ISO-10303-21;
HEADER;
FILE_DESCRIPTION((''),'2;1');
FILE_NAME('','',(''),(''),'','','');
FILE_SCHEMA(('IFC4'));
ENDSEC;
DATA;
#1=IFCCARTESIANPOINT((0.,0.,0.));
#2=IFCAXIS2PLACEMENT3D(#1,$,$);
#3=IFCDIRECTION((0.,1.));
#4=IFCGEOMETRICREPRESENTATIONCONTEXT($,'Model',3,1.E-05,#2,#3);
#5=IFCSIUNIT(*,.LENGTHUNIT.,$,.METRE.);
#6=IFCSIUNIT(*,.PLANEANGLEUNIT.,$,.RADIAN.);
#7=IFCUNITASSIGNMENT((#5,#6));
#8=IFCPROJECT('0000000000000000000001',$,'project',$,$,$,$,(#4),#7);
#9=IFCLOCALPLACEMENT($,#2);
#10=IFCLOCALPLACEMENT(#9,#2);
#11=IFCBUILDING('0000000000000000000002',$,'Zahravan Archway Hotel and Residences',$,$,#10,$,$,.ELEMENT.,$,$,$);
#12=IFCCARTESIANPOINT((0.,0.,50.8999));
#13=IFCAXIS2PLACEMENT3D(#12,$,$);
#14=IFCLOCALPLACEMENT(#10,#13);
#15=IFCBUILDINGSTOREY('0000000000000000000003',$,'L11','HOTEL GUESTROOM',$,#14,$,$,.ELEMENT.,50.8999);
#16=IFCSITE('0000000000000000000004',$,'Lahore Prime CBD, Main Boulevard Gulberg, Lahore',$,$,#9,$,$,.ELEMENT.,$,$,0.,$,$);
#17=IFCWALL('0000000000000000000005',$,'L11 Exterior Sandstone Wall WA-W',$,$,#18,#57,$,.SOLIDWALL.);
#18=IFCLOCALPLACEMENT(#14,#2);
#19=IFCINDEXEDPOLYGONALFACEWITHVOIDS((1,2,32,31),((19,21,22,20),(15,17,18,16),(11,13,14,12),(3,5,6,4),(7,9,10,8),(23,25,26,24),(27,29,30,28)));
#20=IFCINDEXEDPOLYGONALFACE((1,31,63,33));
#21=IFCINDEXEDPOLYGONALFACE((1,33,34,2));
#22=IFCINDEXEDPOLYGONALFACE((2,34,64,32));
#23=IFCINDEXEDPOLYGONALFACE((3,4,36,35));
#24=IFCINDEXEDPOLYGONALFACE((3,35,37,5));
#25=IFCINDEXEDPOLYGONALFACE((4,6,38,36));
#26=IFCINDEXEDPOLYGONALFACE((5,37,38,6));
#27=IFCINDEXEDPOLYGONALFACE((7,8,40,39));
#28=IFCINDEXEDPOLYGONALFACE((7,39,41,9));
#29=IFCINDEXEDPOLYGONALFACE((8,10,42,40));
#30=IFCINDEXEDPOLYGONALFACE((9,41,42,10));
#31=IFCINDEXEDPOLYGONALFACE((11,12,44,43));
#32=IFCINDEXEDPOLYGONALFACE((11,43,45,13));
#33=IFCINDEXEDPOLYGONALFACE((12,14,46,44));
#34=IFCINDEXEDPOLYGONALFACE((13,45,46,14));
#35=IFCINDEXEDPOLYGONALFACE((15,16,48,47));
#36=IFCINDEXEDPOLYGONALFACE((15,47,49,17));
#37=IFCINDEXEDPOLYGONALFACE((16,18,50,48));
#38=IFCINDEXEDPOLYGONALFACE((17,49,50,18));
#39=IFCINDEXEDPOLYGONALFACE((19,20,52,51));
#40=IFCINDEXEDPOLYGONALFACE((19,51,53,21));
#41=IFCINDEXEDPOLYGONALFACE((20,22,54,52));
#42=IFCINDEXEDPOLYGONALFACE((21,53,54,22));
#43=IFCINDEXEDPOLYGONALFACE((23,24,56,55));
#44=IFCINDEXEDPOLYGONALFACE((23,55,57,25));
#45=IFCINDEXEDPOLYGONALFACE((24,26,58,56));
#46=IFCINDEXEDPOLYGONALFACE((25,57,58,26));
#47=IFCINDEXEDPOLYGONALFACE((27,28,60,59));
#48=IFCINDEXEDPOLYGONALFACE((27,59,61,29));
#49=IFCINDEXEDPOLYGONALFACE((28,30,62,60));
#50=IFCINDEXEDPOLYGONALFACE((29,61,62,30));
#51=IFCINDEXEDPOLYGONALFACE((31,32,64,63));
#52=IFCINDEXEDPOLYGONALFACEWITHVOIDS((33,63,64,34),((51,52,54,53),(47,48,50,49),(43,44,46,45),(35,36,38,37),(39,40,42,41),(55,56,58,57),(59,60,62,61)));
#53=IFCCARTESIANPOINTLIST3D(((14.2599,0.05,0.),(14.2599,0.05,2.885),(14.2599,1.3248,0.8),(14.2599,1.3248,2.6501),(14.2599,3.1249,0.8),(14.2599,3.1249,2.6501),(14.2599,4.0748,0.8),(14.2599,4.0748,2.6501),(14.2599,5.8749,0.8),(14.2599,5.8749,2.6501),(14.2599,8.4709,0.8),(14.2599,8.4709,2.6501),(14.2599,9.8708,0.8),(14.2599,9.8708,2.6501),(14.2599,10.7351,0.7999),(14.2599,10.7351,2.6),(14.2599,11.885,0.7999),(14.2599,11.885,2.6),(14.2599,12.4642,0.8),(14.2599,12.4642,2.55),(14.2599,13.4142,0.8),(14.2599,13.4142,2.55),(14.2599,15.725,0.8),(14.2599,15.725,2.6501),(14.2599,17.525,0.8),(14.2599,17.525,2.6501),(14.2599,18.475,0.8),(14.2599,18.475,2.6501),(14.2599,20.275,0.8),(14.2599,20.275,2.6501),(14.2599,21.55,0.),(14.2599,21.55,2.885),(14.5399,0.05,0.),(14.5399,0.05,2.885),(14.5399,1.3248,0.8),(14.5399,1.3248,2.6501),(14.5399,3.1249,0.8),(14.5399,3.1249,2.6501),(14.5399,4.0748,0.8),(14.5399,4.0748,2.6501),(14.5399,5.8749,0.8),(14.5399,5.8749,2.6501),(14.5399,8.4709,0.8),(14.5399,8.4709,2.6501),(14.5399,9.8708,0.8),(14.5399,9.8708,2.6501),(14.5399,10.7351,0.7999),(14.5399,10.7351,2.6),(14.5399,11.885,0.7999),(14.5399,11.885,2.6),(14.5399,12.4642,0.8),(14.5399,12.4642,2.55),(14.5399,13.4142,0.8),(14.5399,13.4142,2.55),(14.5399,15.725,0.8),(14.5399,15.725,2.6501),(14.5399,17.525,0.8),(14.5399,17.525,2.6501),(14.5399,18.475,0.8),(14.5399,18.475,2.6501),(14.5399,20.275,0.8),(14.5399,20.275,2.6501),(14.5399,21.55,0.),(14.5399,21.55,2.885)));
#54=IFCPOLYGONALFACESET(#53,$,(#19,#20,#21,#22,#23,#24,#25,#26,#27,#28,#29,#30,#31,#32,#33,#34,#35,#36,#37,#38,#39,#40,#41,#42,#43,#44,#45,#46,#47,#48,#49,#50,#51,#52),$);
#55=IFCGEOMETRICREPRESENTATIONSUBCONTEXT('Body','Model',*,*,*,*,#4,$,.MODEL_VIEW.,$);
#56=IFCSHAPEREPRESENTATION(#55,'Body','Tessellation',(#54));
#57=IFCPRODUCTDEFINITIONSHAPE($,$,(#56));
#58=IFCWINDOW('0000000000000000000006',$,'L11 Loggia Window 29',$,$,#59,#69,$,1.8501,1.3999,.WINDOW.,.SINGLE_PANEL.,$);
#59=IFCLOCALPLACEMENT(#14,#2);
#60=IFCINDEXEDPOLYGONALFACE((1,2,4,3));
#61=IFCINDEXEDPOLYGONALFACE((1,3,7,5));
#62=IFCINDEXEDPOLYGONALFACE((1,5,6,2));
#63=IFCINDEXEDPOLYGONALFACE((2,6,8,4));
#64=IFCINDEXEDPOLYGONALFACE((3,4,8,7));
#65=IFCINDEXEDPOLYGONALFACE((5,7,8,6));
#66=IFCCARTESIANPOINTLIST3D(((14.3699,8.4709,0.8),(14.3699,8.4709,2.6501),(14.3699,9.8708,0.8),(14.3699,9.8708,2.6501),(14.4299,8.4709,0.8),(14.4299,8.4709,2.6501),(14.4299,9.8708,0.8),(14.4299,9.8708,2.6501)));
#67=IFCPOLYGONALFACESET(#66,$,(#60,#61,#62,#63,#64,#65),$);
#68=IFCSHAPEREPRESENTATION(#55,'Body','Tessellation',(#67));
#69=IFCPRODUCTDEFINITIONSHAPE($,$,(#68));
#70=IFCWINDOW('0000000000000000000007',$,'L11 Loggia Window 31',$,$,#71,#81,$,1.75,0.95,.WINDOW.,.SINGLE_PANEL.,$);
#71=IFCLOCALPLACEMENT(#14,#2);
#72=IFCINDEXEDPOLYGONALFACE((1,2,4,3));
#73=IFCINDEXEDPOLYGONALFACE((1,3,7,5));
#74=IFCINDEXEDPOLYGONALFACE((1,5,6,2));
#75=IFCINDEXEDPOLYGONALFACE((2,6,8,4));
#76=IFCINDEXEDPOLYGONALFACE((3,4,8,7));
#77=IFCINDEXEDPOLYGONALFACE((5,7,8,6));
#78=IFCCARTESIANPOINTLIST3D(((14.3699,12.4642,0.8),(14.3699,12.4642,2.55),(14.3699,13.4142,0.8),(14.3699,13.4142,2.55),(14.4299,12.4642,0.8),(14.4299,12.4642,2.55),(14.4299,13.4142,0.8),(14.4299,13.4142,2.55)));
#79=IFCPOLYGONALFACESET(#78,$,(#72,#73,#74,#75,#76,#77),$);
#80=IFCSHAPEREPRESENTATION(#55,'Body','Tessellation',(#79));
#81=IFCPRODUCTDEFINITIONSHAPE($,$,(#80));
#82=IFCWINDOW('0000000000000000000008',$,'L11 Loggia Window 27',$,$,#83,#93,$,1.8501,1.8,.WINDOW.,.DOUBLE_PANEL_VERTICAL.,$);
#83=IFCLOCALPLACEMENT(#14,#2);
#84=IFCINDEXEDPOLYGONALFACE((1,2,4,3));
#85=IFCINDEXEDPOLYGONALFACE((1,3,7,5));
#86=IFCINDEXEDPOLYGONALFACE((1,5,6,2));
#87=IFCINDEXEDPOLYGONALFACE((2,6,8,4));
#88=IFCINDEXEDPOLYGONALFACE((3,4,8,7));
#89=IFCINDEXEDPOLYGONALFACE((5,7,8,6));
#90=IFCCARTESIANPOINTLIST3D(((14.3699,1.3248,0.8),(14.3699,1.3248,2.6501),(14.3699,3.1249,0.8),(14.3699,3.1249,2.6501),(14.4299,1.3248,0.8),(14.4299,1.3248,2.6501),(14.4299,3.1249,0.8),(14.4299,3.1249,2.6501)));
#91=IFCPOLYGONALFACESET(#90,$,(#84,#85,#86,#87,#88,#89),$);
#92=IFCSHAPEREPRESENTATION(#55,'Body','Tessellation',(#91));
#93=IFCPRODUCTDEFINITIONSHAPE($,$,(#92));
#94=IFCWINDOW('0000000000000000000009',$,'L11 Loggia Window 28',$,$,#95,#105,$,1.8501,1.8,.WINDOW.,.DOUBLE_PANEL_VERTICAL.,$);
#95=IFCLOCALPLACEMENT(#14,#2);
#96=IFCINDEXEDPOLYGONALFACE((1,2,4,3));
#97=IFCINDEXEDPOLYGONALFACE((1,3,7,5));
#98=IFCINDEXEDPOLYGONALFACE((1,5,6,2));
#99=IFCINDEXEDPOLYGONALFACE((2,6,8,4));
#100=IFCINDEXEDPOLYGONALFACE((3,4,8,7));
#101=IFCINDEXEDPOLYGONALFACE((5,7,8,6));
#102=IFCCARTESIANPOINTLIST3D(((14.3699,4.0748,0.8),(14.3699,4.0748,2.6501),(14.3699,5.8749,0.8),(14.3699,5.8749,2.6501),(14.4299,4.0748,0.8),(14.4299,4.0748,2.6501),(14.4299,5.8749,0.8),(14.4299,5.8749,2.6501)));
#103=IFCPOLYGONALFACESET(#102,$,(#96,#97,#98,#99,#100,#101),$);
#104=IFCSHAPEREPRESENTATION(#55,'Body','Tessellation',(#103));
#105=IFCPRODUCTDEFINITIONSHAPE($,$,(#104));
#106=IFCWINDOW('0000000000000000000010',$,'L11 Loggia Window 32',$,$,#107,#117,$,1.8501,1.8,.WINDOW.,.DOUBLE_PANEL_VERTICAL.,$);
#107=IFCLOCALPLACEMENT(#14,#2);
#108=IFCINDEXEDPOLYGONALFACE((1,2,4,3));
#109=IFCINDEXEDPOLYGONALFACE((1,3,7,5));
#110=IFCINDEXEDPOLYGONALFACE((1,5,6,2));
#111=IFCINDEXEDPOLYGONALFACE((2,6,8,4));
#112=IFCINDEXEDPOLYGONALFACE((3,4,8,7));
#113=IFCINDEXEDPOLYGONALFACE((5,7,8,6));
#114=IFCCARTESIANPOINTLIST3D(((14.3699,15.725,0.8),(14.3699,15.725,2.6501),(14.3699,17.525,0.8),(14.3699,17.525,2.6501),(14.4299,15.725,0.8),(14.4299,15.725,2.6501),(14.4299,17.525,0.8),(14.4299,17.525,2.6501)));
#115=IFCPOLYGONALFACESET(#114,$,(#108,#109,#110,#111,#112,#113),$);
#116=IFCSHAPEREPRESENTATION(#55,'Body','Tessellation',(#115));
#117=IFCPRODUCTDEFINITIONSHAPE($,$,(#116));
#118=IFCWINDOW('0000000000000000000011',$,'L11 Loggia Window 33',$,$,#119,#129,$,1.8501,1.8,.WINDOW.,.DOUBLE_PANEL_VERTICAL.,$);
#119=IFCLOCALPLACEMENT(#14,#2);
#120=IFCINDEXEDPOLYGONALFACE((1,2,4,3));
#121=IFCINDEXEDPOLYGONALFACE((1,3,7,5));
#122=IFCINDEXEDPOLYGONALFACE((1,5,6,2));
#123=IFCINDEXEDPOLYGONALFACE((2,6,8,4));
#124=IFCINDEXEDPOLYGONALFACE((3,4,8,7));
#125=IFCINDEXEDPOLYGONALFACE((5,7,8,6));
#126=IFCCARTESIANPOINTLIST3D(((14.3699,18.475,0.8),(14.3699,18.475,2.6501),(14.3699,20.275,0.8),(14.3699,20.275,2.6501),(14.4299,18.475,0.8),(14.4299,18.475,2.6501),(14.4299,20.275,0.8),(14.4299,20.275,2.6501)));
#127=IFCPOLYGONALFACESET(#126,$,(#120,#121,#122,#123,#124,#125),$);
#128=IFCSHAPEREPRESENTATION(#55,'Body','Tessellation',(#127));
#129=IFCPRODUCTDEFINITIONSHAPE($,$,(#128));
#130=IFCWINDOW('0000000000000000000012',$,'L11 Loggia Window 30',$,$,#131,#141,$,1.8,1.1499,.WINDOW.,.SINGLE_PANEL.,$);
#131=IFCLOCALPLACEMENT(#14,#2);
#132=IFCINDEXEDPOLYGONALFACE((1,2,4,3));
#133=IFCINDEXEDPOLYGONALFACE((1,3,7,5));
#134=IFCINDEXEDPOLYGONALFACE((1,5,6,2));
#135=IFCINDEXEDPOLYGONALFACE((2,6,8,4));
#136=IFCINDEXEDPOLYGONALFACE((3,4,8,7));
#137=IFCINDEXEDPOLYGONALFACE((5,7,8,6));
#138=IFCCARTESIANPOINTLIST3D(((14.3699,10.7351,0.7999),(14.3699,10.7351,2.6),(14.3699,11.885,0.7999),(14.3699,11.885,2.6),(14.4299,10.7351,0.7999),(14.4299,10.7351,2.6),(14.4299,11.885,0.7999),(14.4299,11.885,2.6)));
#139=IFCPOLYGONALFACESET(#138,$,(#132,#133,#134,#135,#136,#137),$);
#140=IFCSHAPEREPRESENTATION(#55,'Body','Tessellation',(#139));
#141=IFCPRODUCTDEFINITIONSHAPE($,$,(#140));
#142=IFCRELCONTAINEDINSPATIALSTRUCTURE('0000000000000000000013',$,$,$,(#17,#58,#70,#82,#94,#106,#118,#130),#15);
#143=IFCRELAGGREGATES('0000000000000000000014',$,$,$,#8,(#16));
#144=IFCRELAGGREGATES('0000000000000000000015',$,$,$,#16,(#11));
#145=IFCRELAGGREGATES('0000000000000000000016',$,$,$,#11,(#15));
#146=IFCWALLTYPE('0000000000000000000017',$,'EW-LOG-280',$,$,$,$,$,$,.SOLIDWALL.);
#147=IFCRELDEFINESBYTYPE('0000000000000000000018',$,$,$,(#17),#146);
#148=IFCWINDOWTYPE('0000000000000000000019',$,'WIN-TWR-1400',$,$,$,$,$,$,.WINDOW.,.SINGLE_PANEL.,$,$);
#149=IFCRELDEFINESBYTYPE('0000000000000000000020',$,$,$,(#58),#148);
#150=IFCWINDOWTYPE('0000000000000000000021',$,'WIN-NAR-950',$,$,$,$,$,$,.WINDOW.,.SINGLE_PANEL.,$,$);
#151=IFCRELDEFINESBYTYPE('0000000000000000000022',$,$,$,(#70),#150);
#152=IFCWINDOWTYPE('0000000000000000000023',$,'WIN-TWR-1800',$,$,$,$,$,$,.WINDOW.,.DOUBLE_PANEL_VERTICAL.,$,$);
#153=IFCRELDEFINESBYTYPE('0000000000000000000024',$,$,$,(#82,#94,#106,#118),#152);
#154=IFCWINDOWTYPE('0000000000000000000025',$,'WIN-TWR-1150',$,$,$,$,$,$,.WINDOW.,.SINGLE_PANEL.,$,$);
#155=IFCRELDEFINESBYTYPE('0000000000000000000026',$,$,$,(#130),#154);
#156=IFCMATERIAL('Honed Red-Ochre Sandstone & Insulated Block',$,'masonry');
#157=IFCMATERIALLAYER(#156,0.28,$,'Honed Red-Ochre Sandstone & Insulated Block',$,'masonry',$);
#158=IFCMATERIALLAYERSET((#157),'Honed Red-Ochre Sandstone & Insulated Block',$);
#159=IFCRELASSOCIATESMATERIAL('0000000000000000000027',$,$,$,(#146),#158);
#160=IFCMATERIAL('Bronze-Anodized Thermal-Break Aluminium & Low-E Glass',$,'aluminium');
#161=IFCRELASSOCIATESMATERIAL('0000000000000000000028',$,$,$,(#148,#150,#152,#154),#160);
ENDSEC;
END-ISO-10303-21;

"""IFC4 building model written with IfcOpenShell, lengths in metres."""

from ifc_helpers import new_model, si_unit, direction, frame, frame_2d, origin, place, context, subcontext, project, spatial, rectangle, extrude, source, transform, mapped, material, layer, layer_set, type_object, type_shapes, element, fill, save


model = new_model("IFC4")

# Units and contexts
model_context = context("Model", 3, precision=1e-05, world=origin(), true_north=direction((0.0, 1.0)))
body_context = subcontext(model_context, "Body", "Model", "MODEL_VIEW")
ifc_project = project(units=[si_unit("LENGTHUNIT", "METRE"), si_unit("PLANEANGLEUNIT", "RADIAN")], contexts=[model_context])

# Site, building, storey
site_placement = place(None, origin())
site = spatial("IfcSite", under=ifc_project, at=site_placement, Name="Lahore Prime CBD, Main Boulevard Gulberg, Lahore", CompositionType="ELEMENT", RefElevation=0.0)
building_placement = place(site_placement, origin())
building = spatial("IfcBuilding", under=site, at=building_placement, Name="Zahravan Archway Hotel and Residences", CompositionType="ELEMENT")
storey_placement = place(building_placement, frame((0.0, 0.0, 50.8999)))
storey = spatial("IfcBuildingStorey", under=building, at=storey_placement, Name="L11", Description="HOTEL GUESTROOM", CompositionType="ELEMENT", Elevation=50.8999)

# Shared definitions
ifc_material_1 = material(Name="Honed Red-Ochre Sandstone & Insulated Block", Category="masonry")
ifc_layer = layer(ifc_material_1, 0.28, Name="Honed Red-Ochre Sandstone & Insulated Block", Category="masonry")
ifc_layer_set = layer_set([ifc_layer], Name="Honed Red-Ochre Sandstone & Insulated Block")
wall_type = type_object("IfcWallType", Name="EW-LOG-280", PredefinedType="SOLIDWALL", material=ifc_layer_set)
ifc_material_2 = material(Name="Bronze-Anodized Thermal-Break Aluminium & Low-E Glass", Category="aluminium")
window_type_1 = type_object("IfcWindowType", Name="WIN-TWR-1400", PartitioningType="SINGLE_PANEL", PredefinedType="WINDOW", material=ifc_material_2)
shared_shape_1 = source(origin(), body_context, "Body", "SweptSolid", [
    extrude(rectangle(XDim=1.3999, YDim=1.8501, at=frame_2d((0.7, 0.925))), frame((0.0, 0.03, 0.0), z_axis=(0.0, -1.0, 0.0), x_axis=(1.0, 0.0, 0.0)), (0.0, 0.0, 1.0), 0.0601),
])
type_shapes(window_type_1, [shared_shape_1])
window_type_2 = type_object("IfcWindowType", Name="WIN-NAR-950", PartitioningType="SINGLE_PANEL", PredefinedType="WINDOW", material=ifc_material_2)
shared_shape_2 = source(origin(), body_context, "Body", "SweptSolid", [
    extrude(rectangle(XDim=0.95, YDim=1.75, at=frame_2d((0.4751, 0.875))), frame((0.0, 0.03, 0.0), z_axis=(0.0, -1.0, 0.0), x_axis=(1.0, 0.0, 0.0)), (0.0, 0.0, 1.0), 0.0601),
])
type_shapes(window_type_2, [shared_shape_2])
window_type_3 = type_object("IfcWindowType", Name="WIN-TWR-1800", PartitioningType="DOUBLE_PANEL_VERTICAL", PredefinedType="WINDOW", material=ifc_material_2)
shared_shape_3 = source(origin(), body_context, "Body", "SweptSolid", [
    extrude(rectangle(XDim=1.8, YDim=1.8501, at=frame_2d((0.8999, 0.925))), frame((0.0, 0.03, 0.0), z_axis=(0.0, -1.0, 0.0), x_axis=(1.0, 0.0, 0.0)), (0.0, 0.0, 1.0), 0.0601),
])
type_shapes(window_type_3, [shared_shape_3])

# Wall, openings, windows
wall_1_placement = place(storey_placement, frame((14.3999, 0.05, 0.0), z_axis=(0.0, 0.0, 1.0), x_axis=(0.0, 1.0, 0.0)))
wall_1 = element("IfcWall", 1, at=wall_1_placement, inside=storey, type_object=wall_type, Name="L11 Exterior Sandstone Wall WA-W", PredefinedType="SOLIDWALL", context=body_context, shape_type="SweptSolid", body=[
    extrude(rectangle(XDim=21.5, YDim=0.28, at=frame_2d((10.75, 0.0))), origin(), (0.0, 0.0, 1.0), 2.885),
])
opening_1_placement = place(wall_1_placement, frame((1.2749, 0.0, 0.8)))
opening_1 = element("IfcOpeningElement", 2, at=opening_1_placement, cuts=wall_1, PredefinedType="OPENING", context=body_context, shape_type="SweptSolid", body=[
    extrude(rectangle(XDim=1.8, YDim=1.8501, at=frame_2d((0.8999, 0.925))), frame((0.0, 0.1499, 0.0), z_axis=(0.0, -1.0, 0.0), x_axis=(1.0, 0.0, 0.0)), (0.0, 0.0, 1.0), 0.3),
])
opening_2_placement = place(wall_1_placement, frame((4.0249, 0.0, 0.8)))
opening_2 = element("IfcOpeningElement", 3, at=opening_2_placement, cuts=wall_1, PredefinedType="OPENING", context=body_context, shape_type="SweptSolid", body=[
    extrude(rectangle(XDim=1.8, YDim=1.8501, at=frame_2d((0.8999, 0.925))), frame((0.0, 0.1499, 0.0), z_axis=(0.0, -1.0, 0.0), x_axis=(1.0, 0.0, 0.0)), (0.0, 0.0, 1.0), 0.3),
])
opening_3_placement = place(wall_1_placement, frame((8.4209, 0.0, 0.8)))
opening_3 = element("IfcOpeningElement", 4, at=opening_3_placement, cuts=wall_1, PredefinedType="OPENING", context=body_context, shape_type="SweptSolid", body=[
    extrude(rectangle(XDim=1.3999, YDim=1.8501, at=frame_2d((0.7, 0.925))), frame((0.0, 0.1499, 0.0), z_axis=(0.0, -1.0, 0.0), x_axis=(1.0, 0.0, 0.0)), (0.0, 0.0, 1.0), 0.3),
])
opening_4_placement = place(wall_1_placement, frame((10.6851, 0.0, 0.8)))
opening_4 = element("IfcOpeningElement", 5, at=opening_4_placement, cuts=wall_1, PredefinedType="OPENING", context=body_context, shape_type="SweptSolid", body=[
    extrude(rectangle(XDim=1.1499, YDim=1.8, at=frame_2d((0.575, 0.8999))), frame((0.0, 0.1499, 0.0), z_axis=(0.0, -1.0, 0.0), x_axis=(1.0, 0.0, 0.0)), (0.0, 0.0, 1.0), 0.3),
])
opening_5_placement = place(wall_1_placement, frame((12.4141, 0.0, 0.8)))
opening_5 = element("IfcOpeningElement", 6, at=opening_5_placement, cuts=wall_1, PredefinedType="OPENING", context=body_context, shape_type="SweptSolid", body=[
    extrude(rectangle(XDim=0.95, YDim=1.75, at=frame_2d((0.4751, 0.875))), frame((0.0, 0.1499, 0.0), z_axis=(0.0, -1.0, 0.0), x_axis=(1.0, 0.0, 0.0)), (0.0, 0.0, 1.0), 0.3),
])
opening_6_placement = place(wall_1_placement, frame((15.675, 0.0, 0.8)))
opening_6 = element("IfcOpeningElement", 7, at=opening_6_placement, cuts=wall_1, PredefinedType="OPENING", context=body_context, shape_type="SweptSolid", body=[
    extrude(rectangle(XDim=1.8, YDim=1.8501, at=frame_2d((0.8999, 0.925))), frame((0.0, 0.1499, 0.0), z_axis=(0.0, -1.0, 0.0), x_axis=(1.0, 0.0, 0.0)), (0.0, 0.0, 1.0), 0.3),
])
opening_7_placement = place(wall_1_placement, frame((18.425, 0.0, 0.8)))
opening_7 = element("IfcOpeningElement", 8, at=opening_7_placement, cuts=wall_1, PredefinedType="OPENING", context=body_context, shape_type="SweptSolid", body=[
    extrude(rectangle(XDim=1.8, YDim=1.8501, at=frame_2d((0.8999, 0.925))), frame((0.0, 0.1499, 0.0), z_axis=(0.0, -1.0, 0.0), x_axis=(1.0, 0.0, 0.0)), (0.0, 0.0, 1.0), 0.3),
])
window_1_placement = place(opening_3_placement, origin())
window_1 = element("IfcWindow", 9, at=window_1_placement, inside=storey, type_object=window_type_1, Name="L11 Loggia Window 29", OverallHeight=1.8501, OverallWidth=1.3999, PartitioningType="SINGLE_PANEL", PredefinedType="WINDOW", context=body_context, shape_type="MappedRepresentation", body=[
    mapped(shared_shape_1, transform((0.0, 0.0, 0.0), scale=1.0)),
])
fill(opening_3, window_1)
window_2_placement = place(opening_5_placement, origin())
window_2 = element("IfcWindow", 10, at=window_2_placement, inside=storey, type_object=window_type_2, Name="L11 Loggia Window 31", OverallHeight=1.75, OverallWidth=0.95, PartitioningType="SINGLE_PANEL", PredefinedType="WINDOW", context=body_context, shape_type="MappedRepresentation", body=[
    mapped(shared_shape_2, transform((0.0, 0.0, 0.0), scale=1.0)),
])
fill(opening_5, window_2)
window_3_placement = place(opening_1_placement, origin())
window_3 = element("IfcWindow", 11, at=window_3_placement, inside=storey, type_object=window_type_3, Name="L11 Loggia Window 27", OverallHeight=1.8501, OverallWidth=1.8, PartitioningType="DOUBLE_PANEL_VERTICAL", PredefinedType="WINDOW", context=body_context, shape_type="MappedRepresentation", body=[
    mapped(shared_shape_3, transform((0.0, 0.0, 0.0), scale=1.0)),
])
fill(opening_1, window_3)
window_4_placement = place(opening_2_placement, origin())
window_4 = element("IfcWindow", 12, at=window_4_placement, inside=storey, type_object=window_type_3, Name="L11 Loggia Window 28", OverallHeight=1.8501, OverallWidth=1.8, PartitioningType="DOUBLE_PANEL_VERTICAL", PredefinedType="WINDOW", context=body_context, shape_type="MappedRepresentation", body=[
    mapped(shared_shape_3, transform((0.0, 0.0, 0.0), scale=1.0)),
])
fill(opening_2, window_4)
window_5_placement = place(opening_6_placement, origin())
window_5 = element("IfcWindow", 13, at=window_5_placement, inside=storey, type_object=window_type_3, Name="L11 Loggia Window 32", OverallHeight=1.8501, OverallWidth=1.8, PartitioningType="DOUBLE_PANEL_VERTICAL", PredefinedType="WINDOW", context=body_context, shape_type="MappedRepresentation", body=[
    mapped(shared_shape_3, transform((0.0, 0.0, 0.0), scale=1.0)),
])
fill(opening_6, window_5)
window_6_placement = place(opening_7_placement, origin())
window_6 = element("IfcWindow", 14, at=window_6_placement, inside=storey, type_object=window_type_3, Name="L11 Loggia Window 33", OverallHeight=1.8501, OverallWidth=1.8, PartitioningType="DOUBLE_PANEL_VERTICAL", PredefinedType="WINDOW", context=body_context, shape_type="MappedRepresentation", body=[
    mapped(shared_shape_3, transform((0.0, 0.0, 0.0), scale=1.0)),
])
fill(opening_7, window_6)
window_type_4 = type_object("IfcWindowType", Name="WIN-TWR-1150", PartitioningType="SINGLE_PANEL", PredefinedType="WINDOW", material=ifc_material_2)
shared_shape_4 = source(origin(), body_context, "Body", "SweptSolid", [
    extrude(rectangle(XDim=1.1499, YDim=1.8, at=frame_2d((0.575, 0.8999))), frame((0.0, 0.03, 0.0), z_axis=(0.0, -1.0, 0.0), x_axis=(1.0, 0.0, 0.0)), (0.0, 0.0, 1.0), 0.0601),
])
type_shapes(window_type_4, [shared_shape_4])
window_7_placement = place(opening_4_placement, origin())
window_7 = element("IfcWindow", 15, at=window_7_placement, inside=storey, type_object=window_type_4, Name="L11 Loggia Window 30", OverallHeight=1.8, OverallWidth=1.1499, PartitioningType="SINGLE_PANEL", PredefinedType="WINDOW", context=body_context, shape_type="MappedRepresentation", body=[
    mapped(shared_shape_4, transform((0.0, 0.0, 0.0), scale=1.0)),
])
fill(opening_4, window_7)

save(model, "model.ifc")
